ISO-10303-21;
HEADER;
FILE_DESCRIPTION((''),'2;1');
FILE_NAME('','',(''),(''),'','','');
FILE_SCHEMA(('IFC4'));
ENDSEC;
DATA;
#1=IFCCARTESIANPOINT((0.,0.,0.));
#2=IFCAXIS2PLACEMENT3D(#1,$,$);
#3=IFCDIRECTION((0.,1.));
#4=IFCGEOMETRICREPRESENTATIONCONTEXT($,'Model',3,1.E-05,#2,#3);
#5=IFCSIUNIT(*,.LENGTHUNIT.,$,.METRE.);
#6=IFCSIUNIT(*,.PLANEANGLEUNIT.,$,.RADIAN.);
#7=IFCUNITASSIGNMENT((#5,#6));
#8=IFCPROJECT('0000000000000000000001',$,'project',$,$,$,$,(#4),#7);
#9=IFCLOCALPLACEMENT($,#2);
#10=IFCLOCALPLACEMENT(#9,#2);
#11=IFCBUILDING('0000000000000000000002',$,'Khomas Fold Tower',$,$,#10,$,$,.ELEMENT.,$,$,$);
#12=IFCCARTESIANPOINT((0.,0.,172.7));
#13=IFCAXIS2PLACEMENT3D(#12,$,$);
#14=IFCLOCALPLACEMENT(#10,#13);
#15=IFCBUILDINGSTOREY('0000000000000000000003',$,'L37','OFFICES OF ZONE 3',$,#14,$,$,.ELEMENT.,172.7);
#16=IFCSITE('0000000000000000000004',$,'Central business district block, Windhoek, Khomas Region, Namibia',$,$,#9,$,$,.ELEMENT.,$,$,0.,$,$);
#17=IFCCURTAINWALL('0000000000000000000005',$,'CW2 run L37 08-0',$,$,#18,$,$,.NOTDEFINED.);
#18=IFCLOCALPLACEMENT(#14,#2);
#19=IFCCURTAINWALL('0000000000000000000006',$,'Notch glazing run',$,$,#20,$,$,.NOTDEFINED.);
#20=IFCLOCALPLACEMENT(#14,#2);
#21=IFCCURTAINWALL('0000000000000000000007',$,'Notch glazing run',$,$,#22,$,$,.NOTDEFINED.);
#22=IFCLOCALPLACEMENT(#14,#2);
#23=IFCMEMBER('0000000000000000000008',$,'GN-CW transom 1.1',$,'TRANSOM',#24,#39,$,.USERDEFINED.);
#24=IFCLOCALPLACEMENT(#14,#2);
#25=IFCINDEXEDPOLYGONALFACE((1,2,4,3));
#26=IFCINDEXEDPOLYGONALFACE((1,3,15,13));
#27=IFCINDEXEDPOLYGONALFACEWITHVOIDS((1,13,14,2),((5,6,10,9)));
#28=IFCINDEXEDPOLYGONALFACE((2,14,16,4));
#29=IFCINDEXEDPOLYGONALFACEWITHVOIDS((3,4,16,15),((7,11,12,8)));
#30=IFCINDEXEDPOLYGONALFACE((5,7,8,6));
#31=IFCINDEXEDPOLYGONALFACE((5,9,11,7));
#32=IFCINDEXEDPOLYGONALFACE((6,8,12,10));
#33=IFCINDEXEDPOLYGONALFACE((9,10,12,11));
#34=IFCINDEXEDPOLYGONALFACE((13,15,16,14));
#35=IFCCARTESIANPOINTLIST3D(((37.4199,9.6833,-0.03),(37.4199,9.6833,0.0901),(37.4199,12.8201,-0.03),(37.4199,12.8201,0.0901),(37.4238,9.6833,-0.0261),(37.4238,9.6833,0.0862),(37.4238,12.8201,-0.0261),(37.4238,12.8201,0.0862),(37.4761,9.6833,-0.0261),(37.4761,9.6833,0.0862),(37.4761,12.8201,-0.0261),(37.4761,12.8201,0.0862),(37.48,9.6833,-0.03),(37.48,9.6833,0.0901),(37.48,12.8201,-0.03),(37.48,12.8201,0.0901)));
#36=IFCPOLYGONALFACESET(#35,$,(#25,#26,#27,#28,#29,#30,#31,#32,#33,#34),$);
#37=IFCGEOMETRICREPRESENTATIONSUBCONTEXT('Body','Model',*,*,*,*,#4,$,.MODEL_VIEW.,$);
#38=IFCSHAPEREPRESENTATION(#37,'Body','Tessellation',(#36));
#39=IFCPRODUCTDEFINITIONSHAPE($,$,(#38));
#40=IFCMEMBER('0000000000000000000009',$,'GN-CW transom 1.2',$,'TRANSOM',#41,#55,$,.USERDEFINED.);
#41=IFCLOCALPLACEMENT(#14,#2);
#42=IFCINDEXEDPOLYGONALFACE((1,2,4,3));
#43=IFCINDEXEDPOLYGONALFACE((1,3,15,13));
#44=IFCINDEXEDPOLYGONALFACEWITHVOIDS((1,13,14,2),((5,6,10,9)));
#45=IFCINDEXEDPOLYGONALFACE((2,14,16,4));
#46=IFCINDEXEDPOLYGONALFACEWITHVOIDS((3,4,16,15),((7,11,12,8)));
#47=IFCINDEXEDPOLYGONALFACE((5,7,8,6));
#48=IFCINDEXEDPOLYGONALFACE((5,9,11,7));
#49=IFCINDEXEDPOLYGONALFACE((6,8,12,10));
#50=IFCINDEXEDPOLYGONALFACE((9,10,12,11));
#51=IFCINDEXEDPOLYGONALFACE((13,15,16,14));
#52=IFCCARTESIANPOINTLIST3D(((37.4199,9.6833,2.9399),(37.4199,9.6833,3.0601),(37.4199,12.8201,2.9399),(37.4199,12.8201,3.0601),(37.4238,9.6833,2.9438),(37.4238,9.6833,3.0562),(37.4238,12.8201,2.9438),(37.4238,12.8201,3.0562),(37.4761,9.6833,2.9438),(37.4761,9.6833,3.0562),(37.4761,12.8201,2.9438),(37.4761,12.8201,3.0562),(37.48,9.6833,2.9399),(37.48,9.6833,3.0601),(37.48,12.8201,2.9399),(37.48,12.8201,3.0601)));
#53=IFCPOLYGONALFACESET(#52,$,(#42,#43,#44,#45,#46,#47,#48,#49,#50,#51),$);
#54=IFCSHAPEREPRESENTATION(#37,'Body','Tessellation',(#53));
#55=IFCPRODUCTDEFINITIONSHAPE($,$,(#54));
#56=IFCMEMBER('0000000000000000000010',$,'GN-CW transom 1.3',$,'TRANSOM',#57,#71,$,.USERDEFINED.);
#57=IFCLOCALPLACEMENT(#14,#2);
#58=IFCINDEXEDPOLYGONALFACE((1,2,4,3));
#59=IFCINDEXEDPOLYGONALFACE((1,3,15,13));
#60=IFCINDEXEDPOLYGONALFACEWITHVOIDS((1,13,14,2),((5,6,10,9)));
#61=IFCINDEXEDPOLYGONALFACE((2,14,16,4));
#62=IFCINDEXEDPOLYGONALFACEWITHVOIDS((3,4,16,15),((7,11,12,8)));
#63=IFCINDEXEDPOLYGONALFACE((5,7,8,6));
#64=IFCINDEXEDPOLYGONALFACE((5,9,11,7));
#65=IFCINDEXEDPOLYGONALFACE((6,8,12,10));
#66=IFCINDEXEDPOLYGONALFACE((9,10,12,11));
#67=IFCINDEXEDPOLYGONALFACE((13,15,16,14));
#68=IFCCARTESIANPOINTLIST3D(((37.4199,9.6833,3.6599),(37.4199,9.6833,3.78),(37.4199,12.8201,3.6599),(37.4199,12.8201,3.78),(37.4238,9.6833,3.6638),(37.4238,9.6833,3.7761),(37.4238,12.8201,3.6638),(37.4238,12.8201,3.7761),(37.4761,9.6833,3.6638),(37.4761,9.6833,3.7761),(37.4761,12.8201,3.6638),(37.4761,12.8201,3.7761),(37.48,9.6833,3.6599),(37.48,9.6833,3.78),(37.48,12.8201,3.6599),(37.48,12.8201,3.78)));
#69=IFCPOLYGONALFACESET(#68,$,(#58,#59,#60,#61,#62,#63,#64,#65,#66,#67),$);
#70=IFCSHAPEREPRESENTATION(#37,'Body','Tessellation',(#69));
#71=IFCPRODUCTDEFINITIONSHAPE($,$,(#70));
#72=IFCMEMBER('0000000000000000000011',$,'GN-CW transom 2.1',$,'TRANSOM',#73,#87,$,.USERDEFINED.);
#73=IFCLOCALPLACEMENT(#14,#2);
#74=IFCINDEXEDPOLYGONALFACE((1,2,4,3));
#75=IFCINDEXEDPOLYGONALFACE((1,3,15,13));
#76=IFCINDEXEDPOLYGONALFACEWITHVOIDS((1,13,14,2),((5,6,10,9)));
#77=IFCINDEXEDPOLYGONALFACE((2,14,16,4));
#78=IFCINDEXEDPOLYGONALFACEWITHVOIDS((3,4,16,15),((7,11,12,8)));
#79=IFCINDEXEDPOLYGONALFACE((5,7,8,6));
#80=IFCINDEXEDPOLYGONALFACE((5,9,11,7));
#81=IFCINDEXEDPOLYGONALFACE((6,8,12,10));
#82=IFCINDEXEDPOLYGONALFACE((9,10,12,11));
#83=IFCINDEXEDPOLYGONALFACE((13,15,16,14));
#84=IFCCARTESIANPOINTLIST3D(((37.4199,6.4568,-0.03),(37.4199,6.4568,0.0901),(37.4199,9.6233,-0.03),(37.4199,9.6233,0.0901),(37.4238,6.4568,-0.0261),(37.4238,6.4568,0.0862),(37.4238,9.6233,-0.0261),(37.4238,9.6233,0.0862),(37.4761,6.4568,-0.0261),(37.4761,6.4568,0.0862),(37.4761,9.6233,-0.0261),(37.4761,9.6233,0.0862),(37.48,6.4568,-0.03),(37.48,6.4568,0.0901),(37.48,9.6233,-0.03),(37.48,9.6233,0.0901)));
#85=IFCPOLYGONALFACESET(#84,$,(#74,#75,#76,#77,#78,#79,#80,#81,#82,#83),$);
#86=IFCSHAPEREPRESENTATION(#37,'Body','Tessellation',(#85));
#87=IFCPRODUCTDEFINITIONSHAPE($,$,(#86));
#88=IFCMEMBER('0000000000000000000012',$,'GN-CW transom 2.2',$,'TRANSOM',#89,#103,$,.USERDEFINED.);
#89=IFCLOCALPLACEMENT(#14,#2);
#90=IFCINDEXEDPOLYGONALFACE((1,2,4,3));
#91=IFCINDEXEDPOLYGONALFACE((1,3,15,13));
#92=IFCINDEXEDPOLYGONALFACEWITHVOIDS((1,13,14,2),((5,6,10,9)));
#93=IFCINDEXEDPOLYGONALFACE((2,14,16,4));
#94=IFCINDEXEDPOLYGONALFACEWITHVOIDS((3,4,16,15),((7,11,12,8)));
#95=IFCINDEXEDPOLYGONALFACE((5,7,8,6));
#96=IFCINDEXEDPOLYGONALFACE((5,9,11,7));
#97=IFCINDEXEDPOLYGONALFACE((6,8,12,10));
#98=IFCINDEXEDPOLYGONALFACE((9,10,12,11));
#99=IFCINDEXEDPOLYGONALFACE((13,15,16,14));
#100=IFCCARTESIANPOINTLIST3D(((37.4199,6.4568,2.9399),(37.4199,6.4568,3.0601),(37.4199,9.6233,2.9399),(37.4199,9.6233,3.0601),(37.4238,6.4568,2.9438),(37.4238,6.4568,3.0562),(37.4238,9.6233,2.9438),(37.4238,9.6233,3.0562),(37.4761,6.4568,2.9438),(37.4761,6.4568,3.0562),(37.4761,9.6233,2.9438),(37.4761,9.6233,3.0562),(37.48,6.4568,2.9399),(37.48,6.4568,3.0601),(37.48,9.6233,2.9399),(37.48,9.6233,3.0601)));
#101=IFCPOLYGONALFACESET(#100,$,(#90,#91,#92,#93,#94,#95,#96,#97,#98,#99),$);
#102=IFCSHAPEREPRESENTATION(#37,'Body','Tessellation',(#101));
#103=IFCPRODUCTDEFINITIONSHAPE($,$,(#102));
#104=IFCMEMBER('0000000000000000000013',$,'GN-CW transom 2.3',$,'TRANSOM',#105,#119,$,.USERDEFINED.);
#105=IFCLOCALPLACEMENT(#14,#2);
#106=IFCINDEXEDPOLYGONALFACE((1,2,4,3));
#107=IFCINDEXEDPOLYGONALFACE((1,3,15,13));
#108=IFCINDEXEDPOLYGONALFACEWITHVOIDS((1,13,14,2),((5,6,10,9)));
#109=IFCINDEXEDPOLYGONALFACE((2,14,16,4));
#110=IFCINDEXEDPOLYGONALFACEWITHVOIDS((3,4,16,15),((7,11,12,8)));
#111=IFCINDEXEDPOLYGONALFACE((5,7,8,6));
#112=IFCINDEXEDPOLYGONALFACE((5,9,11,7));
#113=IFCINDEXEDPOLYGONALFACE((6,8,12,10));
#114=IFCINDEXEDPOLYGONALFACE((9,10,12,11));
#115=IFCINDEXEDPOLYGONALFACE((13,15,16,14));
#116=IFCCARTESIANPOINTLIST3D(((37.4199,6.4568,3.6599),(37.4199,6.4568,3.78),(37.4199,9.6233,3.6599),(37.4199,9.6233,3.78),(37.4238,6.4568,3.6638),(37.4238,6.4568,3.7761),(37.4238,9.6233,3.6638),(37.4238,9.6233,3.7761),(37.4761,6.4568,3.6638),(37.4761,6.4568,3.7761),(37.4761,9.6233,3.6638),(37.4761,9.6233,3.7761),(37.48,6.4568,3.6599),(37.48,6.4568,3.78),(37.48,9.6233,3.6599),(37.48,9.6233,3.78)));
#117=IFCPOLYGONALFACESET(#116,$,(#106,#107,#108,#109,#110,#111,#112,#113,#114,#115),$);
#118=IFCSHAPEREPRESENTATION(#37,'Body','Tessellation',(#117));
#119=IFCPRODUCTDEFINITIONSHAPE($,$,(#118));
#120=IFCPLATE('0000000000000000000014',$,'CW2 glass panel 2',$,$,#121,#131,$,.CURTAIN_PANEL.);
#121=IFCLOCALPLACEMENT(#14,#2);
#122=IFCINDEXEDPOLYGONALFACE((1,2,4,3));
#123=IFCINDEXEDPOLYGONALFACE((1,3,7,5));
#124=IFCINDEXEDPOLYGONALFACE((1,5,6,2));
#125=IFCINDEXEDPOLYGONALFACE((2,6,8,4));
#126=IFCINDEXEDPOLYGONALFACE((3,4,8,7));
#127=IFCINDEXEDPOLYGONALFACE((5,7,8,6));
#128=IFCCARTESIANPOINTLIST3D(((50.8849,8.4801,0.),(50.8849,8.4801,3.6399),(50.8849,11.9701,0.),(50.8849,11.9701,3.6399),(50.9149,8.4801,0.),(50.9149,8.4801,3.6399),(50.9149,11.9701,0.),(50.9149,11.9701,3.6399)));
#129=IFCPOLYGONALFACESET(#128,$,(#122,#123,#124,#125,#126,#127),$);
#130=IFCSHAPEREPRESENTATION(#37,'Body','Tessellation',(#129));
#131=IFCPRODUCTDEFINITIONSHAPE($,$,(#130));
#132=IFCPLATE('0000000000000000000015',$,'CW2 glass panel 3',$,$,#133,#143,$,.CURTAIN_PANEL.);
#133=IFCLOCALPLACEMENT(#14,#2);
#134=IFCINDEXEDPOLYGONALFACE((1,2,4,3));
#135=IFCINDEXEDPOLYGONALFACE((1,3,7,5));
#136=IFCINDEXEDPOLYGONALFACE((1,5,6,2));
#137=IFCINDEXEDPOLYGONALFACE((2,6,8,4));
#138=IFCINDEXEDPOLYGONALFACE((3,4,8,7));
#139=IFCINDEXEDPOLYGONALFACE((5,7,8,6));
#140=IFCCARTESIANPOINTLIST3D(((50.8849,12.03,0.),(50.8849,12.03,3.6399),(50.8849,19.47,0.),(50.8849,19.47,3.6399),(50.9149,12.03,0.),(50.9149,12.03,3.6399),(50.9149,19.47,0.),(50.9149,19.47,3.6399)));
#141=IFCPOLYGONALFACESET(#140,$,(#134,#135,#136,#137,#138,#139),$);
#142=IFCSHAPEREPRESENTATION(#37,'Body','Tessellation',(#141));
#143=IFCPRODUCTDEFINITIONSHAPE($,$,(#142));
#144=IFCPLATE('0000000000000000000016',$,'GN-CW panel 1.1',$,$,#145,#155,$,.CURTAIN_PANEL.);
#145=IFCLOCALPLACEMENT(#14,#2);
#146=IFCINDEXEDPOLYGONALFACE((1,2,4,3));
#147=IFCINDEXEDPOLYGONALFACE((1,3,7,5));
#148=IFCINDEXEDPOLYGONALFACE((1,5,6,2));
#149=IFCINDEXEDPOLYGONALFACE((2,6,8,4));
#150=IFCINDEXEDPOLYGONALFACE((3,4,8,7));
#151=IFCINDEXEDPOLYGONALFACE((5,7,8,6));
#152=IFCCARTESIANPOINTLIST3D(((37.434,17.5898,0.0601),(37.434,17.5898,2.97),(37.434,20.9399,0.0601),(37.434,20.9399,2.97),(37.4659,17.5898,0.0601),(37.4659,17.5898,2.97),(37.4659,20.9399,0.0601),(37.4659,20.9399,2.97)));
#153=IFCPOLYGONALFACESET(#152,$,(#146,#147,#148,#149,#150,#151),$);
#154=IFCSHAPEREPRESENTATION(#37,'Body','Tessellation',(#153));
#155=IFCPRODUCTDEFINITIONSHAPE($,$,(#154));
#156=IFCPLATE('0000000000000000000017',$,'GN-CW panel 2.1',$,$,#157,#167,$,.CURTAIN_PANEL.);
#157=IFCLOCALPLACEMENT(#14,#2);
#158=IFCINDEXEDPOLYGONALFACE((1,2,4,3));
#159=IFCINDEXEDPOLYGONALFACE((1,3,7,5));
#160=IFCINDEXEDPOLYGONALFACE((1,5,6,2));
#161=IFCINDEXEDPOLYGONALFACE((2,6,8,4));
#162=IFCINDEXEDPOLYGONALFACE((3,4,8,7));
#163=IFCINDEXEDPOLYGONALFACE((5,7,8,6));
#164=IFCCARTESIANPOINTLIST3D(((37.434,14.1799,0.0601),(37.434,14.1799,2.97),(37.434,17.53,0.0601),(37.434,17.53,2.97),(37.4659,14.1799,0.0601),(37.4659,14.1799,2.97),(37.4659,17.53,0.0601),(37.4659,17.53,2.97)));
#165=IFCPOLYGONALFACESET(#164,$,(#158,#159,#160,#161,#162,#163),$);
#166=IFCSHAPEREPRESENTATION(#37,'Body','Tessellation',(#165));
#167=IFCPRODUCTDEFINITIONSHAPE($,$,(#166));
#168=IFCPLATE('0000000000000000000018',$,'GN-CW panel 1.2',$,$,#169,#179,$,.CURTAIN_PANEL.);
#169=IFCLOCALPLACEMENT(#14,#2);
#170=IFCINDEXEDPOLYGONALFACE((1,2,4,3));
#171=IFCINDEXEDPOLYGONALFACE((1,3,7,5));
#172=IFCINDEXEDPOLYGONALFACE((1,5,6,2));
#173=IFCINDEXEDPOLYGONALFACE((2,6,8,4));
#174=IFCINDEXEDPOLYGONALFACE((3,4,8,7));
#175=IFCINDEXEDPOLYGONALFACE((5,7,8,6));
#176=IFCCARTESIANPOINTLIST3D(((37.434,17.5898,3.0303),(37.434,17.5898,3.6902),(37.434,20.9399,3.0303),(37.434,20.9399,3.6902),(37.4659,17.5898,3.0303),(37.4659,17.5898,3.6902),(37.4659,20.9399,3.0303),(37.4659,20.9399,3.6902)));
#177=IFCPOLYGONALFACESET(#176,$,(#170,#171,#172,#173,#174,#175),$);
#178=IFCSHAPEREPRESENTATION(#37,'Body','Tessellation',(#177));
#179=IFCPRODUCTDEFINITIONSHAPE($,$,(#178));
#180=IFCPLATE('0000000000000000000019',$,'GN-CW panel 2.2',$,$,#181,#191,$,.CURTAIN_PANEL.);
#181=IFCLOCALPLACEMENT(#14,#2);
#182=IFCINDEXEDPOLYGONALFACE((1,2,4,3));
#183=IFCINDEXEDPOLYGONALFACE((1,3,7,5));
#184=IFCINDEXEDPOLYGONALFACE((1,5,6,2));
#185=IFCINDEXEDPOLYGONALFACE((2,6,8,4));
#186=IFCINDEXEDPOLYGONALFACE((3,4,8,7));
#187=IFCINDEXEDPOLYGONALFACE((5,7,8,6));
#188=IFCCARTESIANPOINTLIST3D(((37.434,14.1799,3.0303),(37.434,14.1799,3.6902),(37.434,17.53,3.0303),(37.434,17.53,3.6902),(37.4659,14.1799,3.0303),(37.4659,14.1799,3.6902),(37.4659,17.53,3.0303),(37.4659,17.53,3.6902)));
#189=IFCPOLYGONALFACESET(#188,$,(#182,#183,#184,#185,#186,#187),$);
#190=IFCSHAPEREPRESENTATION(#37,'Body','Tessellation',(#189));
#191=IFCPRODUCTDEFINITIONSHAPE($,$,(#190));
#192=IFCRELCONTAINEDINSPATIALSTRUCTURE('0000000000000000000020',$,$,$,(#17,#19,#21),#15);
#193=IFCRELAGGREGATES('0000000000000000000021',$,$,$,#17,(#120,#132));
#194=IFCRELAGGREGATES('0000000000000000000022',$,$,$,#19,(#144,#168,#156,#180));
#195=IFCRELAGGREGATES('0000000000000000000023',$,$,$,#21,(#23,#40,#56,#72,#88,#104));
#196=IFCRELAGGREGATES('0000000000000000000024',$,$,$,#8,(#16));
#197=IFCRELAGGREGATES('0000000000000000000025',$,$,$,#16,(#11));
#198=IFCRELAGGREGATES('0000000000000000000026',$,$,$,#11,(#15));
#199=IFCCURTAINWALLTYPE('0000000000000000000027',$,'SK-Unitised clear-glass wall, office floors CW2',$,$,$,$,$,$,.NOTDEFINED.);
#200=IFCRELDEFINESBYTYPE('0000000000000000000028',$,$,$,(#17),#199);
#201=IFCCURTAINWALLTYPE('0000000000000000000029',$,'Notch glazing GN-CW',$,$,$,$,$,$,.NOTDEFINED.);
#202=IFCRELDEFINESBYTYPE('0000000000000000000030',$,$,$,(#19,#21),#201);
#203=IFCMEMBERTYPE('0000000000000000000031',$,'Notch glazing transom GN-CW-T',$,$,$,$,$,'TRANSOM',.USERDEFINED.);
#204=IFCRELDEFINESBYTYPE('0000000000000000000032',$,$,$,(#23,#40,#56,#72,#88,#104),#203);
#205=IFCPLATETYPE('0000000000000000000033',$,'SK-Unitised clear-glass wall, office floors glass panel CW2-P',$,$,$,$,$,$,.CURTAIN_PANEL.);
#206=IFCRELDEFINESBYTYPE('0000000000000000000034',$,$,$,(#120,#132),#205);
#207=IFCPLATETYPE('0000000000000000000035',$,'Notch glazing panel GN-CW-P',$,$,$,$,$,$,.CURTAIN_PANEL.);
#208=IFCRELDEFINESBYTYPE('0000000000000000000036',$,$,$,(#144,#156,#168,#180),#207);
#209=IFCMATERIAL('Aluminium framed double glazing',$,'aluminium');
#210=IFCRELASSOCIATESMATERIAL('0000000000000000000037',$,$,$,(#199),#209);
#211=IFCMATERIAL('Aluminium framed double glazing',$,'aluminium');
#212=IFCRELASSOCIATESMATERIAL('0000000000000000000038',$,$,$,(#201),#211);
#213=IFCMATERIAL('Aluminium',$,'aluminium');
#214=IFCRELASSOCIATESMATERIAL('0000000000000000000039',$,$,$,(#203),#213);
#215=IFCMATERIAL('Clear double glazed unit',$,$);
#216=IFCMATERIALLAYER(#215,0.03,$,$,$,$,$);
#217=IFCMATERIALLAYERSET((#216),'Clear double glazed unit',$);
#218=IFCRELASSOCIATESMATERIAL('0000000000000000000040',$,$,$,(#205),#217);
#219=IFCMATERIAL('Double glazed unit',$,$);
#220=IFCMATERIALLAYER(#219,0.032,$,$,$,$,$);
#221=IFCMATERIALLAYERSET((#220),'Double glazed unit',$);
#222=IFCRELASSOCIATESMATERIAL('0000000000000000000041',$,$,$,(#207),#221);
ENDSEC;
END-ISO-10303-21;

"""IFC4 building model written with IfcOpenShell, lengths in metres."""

from ifc_helpers import new_model, si_unit, direction, frame, origin, origin_2d, place, context, subcontext, project, spatial, rectangle, hollow_rectangle, extrude, source, transform, mapped, material, layer, layer_set, material_profile, profile_set, type_object, element, aggregate, save


model = new_model("IFC4")

# Units and contexts
model_context = context("Model", 3, precision=1e-05, world=origin(), true_north=direction((0.0, 1.0)))
body_context = subcontext(model_context, "Body", "Model", "MODEL_VIEW")
ifc_project = project(units=[si_unit("LENGTHUNIT", "METRE"), si_unit("PLANEANGLEUNIT", "RADIAN")], contexts=[model_context])

# Site, building, storey
site_placement = place(None, origin())
site = spatial("IfcSite", under=ifc_project, at=site_placement, Name="Central business district block, Windhoek, Khomas Region, Namibia", CompositionType="ELEMENT", RefElevation=0.0)
building_placement = place(site_placement, origin())
building = spatial("IfcBuilding", under=site, at=building_placement, Name="Khomas Fold Tower", CompositionType="ELEMENT")
storey_placement = place(building_placement, frame((0.0, 0.0, 172.7)))
storey = spatial("IfcBuildingStorey", under=building, at=storey_placement, Name="L37", Description="OFFICES OF ZONE 3", CompositionType="ELEMENT", Elevation=172.7)

# Curtain walls
ifc_material_1 = material(Name="Aluminium framed double glazing", Category="aluminium")
curtain_wall_type_1 = type_object("IfcCurtainWallType", Name="SK-Unitised clear-glass wall, office floors CW2", PredefinedType="NOTDEFINED", material=ifc_material_1)
curtain_wall_1_placement = place(storey_placement, origin())
curtain_wall_1 = element("IfcCurtainWall", 1, at=curtain_wall_1_placement, inside=storey, type_object=curtain_wall_type_1, Name="CW2 run L37 08-0", PredefinedType="NOTDEFINED")
ifc_material_2 = material(Name="Aluminium framed double glazing", Category="aluminium")
curtain_wall_type_2 = type_object("IfcCurtainWallType", Name="Notch glazing GN-CW", PredefinedType="NOTDEFINED", material=ifc_material_2)
curtain_wall_2_placement = place(storey_placement, origin())
curtain_wall_2 = element("IfcCurtainWall", 2, at=curtain_wall_2_placement, inside=storey, type_object=curtain_wall_type_2, Name="Notch glazing run", PredefinedType="NOTDEFINED")
curtain_wall_3_placement = place(storey_placement, origin())
curtain_wall_3 = element("IfcCurtainWall", 3, at=curtain_wall_3_placement, inside=storey, type_object=curtain_wall_type_2, Name="Notch glazing run", PredefinedType="NOTDEFINED")

# Members
ifc_material_3 = material(Name="Aluminium", Category="aluminium")
ifc_material_profile_1 = material_profile(ifc_material_3, hollow_rectangle(XDim=0.0601, YDim=0.1201, WallThickness=0.0039, at=origin_2d()), Name="Notch glazing transom GN-CW-T")
ifc_profile_set_1 = profile_set([ifc_material_profile_1], Name="Aluminium")
member_type_1 = type_object("IfcMemberType", Name="Notch glazing transom GN-CW-T", ElementType="TRANSOM", PredefinedType="USERDEFINED", material=ifc_profile_set_1)
shared_shape_1 = source(origin(), body_context, "Body", "SweptSolid", [
    extrude(hollow_rectangle(XDim=0.0601, YDim=0.1201, WallThickness=0.0039, at=origin_2d()), origin(), (0.0, 0.0, 1.0), 3.1367),
])
member_1_placement = place(storey_placement, frame((37.45, 12.8201, 0.03), z_axis=(0.0, -1.0, 0.0), x_axis=(1.0, 0.0, 0.0)))
member_1 = element("IfcMember", 4, at=member_1_placement, type_object=member_type_1, Name="GN-CW transom 1.1", ObjectType="TRANSOM", PredefinedType="USERDEFINED", context=body_context, shape_type="MappedRepresentation", body=[
    mapped(shared_shape_1, transform((0.0, 0.0, 0.0))),
])
member_2_placement = place(storey_placement, frame((37.45, 12.8201, 3.0), z_axis=(0.0, -1.0, 0.0), x_axis=(1.0, 0.0, 0.0)))
member_2 = element("IfcMember", 5, at=member_2_placement, type_object=member_type_1, Name="GN-CW transom 1.2", ObjectType="TRANSOM", PredefinedType="USERDEFINED", context=body_context, shape_type="MappedRepresentation", body=[
    mapped(shared_shape_1, transform((0.0, 0.0, 0.0))),
])
member_3_placement = place(storey_placement, frame((37.45, 12.8201, 3.72), z_axis=(0.0, -1.0, 0.0), x_axis=(1.0, 0.0, 0.0)))
member_3 = element("IfcMember", 6, at=member_3_placement, type_object=member_type_1, Name="GN-CW transom 1.3", ObjectType="TRANSOM", PredefinedType="USERDEFINED", context=body_context, shape_type="MappedRepresentation", body=[
    mapped(shared_shape_1, transform((0.0, 0.0, 0.0))),
])
shared_shape_2 = source(origin(), body_context, "Body", "SweptSolid", [
    extrude(hollow_rectangle(XDim=0.0601, YDim=0.1201, WallThickness=0.0039, at=origin_2d()), origin(), (0.0, 0.0, 1.0), 3.1665),
])
member_4_placement = place(storey_placement, frame((37.45, 9.6233, 0.03), z_axis=(0.0, -1.0, 0.0), x_axis=(1.0, 0.0, 0.0)))
member_4 = element("IfcMember", 7, at=member_4_placement, type_object=member_type_1, Name="GN-CW transom 2.1", ObjectType="TRANSOM", PredefinedType="USERDEFINED", context=body_context, shape_type="MappedRepresentation", body=[
    mapped(shared_shape_2, transform((0.0, 0.0, 0.0))),
])
member_5_placement = place(storey_placement, frame((37.45, 9.6233, 3.0), z_axis=(0.0, -1.0, 0.0), x_axis=(1.0, 0.0, 0.0)))
member_5 = element("IfcMember", 8, at=member_5_placement, type_object=member_type_1, Name="GN-CW transom 2.2", ObjectType="TRANSOM", PredefinedType="USERDEFINED", context=body_context, shape_type="MappedRepresentation", body=[
    mapped(shared_shape_2, transform((0.0, 0.0, 0.0))),
])
member_6_placement = place(storey_placement, frame((37.45, 9.6233, 3.72), z_axis=(0.0, -1.0, 0.0), x_axis=(1.0, 0.0, 0.0)))
member_6 = element("IfcMember", 9, at=member_6_placement, type_object=member_type_1, Name="GN-CW transom 2.3", ObjectType="TRANSOM", PredefinedType="USERDEFINED", context=body_context, shape_type="MappedRepresentation", body=[
    mapped(shared_shape_2, transform((0.0, 0.0, 0.0))),
])

# Plates
ifc_material_4 = material(Name="Clear double glazed unit")
ifc_layer_1 = layer(ifc_material_4, 0.03)
ifc_layer_set_1 = layer_set([ifc_layer_1], Name="Clear double glazed unit")
plate_type_1 = type_object("IfcPlateType", Name="SK-Unitised clear-glass wall, office floors glass panel CW2-P", PredefinedType="CURTAIN_PANEL", material=ifc_layer_set_1)
shared_shape_3 = source(origin(), body_context, "Body", "SweptSolid", [
    extrude(rectangle(XDim=3.49, YDim=0.03, at=origin_2d()), origin(), (0.0, 0.0, 1.0), 3.6399),
])
plate_1_placement = place(storey_placement, frame((50.8999, 10.2251, 0.0), z_axis=(0.0, 0.0, 1.0), x_axis=(0.0, 1.0, 0.0)))
plate_1 = element("IfcPlate", 10, at=plate_1_placement, type_object=plate_type_1, Name="CW2 glass panel 2", PredefinedType="CURTAIN_PANEL", context=body_context, shape_type="MappedRepresentation", body=[
    mapped(shared_shape_3, transform((0.0, 0.0, 0.0))),
])
shared_shape_4 = source(origin(), body_context, "Body", "SweptSolid", [
    extrude(rectangle(XDim=7.4399, YDim=0.03, at=origin_2d()), origin(), (0.0, 0.0, 1.0), 3.6399),
])
plate_2_placement = place(storey_placement, frame((50.8999, 15.75, 0.0), z_axis=(0.0, 0.0, 1.0), x_axis=(0.0, 1.0, 0.0)))
plate_2 = element("IfcPlate", 11, at=plate_2_placement, type_object=plate_type_1, Name="CW2 glass panel 3", PredefinedType="CURTAIN_PANEL", context=body_context, shape_type="MappedRepresentation", body=[
    mapped(shared_shape_4, transform((0.0, 0.0, 0.0))),
])
aggregate(curtain_wall_1, [plate_1, plate_2])
ifc_material_5 = material(Name="Double glazed unit")
ifc_layer_2 = layer(ifc_material_5, 0.032)
ifc_layer_set_2 = layer_set([ifc_layer_2], Name="Double glazed unit")
plate_type_2 = type_object("IfcPlateType", Name="Notch glazing panel GN-CW-P", PredefinedType="CURTAIN_PANEL", material=ifc_layer_set_2)
shared_shape_5 = source(origin(), body_context, "Body", "SweptSolid", [
    extrude(rectangle(XDim=3.3501, YDim=0.032, at=origin_2d()), origin(), (0.0, 0.0, 1.0), 2.9099),
])
plate_3_placement = place(storey_placement, frame((37.45, 19.2649, 0.0601), z_axis=(0.0, 0.0, 1.0), x_axis=(0.0, -1.0, 0.0)))
plate_3 = element("IfcPlate", 12, at=plate_3_placement, type_object=plate_type_2, Name="GN-CW panel 1.1", PredefinedType="CURTAIN_PANEL", context=body_context, shape_type="MappedRepresentation", body=[
    mapped(shared_shape_5, transform((0.0, 0.0, 0.0))),
])
plate_4_placement = place(storey_placement, frame((37.45, 15.855, 0.0601), z_axis=(0.0, 0.0, 1.0), x_axis=(0.0, -1.0, 0.0)))
plate_4 = element("IfcPlate", 13, at=plate_4_placement, type_object=plate_type_2, Name="GN-CW panel 2.1", PredefinedType="CURTAIN_PANEL", context=body_context, shape_type="MappedRepresentation", body=[
    mapped(shared_shape_5, transform((0.0, 0.0, 0.0))),
])
shared_shape_6 = source(origin(), body_context, "Body", "SweptSolid", [
    extrude(rectangle(XDim=3.3501, YDim=0.032, at=origin_2d()), origin(), (0.0, 0.0, 1.0), 0.6599),
])
plate_5_placement = place(storey_placement, frame((37.45, 19.2649, 3.0303), z_axis=(0.0, 0.0, 1.0), x_axis=(0.0, -1.0, 0.0)))
plate_5 = element("IfcPlate", 14, at=plate_5_placement, type_object=plate_type_2, Name="GN-CW panel 1.2", PredefinedType="CURTAIN_PANEL", context=body_context, shape_type="MappedRepresentation", body=[
    mapped(shared_shape_6, transform((0.0, 0.0, 0.0))),
])
plate_6_placement = place(storey_placement, frame((37.45, 15.855, 3.0303), z_axis=(0.0, 0.0, 1.0), x_axis=(0.0, -1.0, 0.0)))
plate_6 = element("IfcPlate", 15, at=plate_6_placement, type_object=plate_type_2, Name="GN-CW panel 2.2", PredefinedType="CURTAIN_PANEL", context=body_context, shape_type="MappedRepresentation", body=[
    mapped(shared_shape_6, transform((0.0, 0.0, 0.0))),
])
aggregate(curtain_wall_2, [plate_3, plate_5, plate_4, plate_6])
aggregate(curtain_wall_3, [member_1, member_2, member_3, member_4, member_5, member_6])

save(model, "model.ifc")
